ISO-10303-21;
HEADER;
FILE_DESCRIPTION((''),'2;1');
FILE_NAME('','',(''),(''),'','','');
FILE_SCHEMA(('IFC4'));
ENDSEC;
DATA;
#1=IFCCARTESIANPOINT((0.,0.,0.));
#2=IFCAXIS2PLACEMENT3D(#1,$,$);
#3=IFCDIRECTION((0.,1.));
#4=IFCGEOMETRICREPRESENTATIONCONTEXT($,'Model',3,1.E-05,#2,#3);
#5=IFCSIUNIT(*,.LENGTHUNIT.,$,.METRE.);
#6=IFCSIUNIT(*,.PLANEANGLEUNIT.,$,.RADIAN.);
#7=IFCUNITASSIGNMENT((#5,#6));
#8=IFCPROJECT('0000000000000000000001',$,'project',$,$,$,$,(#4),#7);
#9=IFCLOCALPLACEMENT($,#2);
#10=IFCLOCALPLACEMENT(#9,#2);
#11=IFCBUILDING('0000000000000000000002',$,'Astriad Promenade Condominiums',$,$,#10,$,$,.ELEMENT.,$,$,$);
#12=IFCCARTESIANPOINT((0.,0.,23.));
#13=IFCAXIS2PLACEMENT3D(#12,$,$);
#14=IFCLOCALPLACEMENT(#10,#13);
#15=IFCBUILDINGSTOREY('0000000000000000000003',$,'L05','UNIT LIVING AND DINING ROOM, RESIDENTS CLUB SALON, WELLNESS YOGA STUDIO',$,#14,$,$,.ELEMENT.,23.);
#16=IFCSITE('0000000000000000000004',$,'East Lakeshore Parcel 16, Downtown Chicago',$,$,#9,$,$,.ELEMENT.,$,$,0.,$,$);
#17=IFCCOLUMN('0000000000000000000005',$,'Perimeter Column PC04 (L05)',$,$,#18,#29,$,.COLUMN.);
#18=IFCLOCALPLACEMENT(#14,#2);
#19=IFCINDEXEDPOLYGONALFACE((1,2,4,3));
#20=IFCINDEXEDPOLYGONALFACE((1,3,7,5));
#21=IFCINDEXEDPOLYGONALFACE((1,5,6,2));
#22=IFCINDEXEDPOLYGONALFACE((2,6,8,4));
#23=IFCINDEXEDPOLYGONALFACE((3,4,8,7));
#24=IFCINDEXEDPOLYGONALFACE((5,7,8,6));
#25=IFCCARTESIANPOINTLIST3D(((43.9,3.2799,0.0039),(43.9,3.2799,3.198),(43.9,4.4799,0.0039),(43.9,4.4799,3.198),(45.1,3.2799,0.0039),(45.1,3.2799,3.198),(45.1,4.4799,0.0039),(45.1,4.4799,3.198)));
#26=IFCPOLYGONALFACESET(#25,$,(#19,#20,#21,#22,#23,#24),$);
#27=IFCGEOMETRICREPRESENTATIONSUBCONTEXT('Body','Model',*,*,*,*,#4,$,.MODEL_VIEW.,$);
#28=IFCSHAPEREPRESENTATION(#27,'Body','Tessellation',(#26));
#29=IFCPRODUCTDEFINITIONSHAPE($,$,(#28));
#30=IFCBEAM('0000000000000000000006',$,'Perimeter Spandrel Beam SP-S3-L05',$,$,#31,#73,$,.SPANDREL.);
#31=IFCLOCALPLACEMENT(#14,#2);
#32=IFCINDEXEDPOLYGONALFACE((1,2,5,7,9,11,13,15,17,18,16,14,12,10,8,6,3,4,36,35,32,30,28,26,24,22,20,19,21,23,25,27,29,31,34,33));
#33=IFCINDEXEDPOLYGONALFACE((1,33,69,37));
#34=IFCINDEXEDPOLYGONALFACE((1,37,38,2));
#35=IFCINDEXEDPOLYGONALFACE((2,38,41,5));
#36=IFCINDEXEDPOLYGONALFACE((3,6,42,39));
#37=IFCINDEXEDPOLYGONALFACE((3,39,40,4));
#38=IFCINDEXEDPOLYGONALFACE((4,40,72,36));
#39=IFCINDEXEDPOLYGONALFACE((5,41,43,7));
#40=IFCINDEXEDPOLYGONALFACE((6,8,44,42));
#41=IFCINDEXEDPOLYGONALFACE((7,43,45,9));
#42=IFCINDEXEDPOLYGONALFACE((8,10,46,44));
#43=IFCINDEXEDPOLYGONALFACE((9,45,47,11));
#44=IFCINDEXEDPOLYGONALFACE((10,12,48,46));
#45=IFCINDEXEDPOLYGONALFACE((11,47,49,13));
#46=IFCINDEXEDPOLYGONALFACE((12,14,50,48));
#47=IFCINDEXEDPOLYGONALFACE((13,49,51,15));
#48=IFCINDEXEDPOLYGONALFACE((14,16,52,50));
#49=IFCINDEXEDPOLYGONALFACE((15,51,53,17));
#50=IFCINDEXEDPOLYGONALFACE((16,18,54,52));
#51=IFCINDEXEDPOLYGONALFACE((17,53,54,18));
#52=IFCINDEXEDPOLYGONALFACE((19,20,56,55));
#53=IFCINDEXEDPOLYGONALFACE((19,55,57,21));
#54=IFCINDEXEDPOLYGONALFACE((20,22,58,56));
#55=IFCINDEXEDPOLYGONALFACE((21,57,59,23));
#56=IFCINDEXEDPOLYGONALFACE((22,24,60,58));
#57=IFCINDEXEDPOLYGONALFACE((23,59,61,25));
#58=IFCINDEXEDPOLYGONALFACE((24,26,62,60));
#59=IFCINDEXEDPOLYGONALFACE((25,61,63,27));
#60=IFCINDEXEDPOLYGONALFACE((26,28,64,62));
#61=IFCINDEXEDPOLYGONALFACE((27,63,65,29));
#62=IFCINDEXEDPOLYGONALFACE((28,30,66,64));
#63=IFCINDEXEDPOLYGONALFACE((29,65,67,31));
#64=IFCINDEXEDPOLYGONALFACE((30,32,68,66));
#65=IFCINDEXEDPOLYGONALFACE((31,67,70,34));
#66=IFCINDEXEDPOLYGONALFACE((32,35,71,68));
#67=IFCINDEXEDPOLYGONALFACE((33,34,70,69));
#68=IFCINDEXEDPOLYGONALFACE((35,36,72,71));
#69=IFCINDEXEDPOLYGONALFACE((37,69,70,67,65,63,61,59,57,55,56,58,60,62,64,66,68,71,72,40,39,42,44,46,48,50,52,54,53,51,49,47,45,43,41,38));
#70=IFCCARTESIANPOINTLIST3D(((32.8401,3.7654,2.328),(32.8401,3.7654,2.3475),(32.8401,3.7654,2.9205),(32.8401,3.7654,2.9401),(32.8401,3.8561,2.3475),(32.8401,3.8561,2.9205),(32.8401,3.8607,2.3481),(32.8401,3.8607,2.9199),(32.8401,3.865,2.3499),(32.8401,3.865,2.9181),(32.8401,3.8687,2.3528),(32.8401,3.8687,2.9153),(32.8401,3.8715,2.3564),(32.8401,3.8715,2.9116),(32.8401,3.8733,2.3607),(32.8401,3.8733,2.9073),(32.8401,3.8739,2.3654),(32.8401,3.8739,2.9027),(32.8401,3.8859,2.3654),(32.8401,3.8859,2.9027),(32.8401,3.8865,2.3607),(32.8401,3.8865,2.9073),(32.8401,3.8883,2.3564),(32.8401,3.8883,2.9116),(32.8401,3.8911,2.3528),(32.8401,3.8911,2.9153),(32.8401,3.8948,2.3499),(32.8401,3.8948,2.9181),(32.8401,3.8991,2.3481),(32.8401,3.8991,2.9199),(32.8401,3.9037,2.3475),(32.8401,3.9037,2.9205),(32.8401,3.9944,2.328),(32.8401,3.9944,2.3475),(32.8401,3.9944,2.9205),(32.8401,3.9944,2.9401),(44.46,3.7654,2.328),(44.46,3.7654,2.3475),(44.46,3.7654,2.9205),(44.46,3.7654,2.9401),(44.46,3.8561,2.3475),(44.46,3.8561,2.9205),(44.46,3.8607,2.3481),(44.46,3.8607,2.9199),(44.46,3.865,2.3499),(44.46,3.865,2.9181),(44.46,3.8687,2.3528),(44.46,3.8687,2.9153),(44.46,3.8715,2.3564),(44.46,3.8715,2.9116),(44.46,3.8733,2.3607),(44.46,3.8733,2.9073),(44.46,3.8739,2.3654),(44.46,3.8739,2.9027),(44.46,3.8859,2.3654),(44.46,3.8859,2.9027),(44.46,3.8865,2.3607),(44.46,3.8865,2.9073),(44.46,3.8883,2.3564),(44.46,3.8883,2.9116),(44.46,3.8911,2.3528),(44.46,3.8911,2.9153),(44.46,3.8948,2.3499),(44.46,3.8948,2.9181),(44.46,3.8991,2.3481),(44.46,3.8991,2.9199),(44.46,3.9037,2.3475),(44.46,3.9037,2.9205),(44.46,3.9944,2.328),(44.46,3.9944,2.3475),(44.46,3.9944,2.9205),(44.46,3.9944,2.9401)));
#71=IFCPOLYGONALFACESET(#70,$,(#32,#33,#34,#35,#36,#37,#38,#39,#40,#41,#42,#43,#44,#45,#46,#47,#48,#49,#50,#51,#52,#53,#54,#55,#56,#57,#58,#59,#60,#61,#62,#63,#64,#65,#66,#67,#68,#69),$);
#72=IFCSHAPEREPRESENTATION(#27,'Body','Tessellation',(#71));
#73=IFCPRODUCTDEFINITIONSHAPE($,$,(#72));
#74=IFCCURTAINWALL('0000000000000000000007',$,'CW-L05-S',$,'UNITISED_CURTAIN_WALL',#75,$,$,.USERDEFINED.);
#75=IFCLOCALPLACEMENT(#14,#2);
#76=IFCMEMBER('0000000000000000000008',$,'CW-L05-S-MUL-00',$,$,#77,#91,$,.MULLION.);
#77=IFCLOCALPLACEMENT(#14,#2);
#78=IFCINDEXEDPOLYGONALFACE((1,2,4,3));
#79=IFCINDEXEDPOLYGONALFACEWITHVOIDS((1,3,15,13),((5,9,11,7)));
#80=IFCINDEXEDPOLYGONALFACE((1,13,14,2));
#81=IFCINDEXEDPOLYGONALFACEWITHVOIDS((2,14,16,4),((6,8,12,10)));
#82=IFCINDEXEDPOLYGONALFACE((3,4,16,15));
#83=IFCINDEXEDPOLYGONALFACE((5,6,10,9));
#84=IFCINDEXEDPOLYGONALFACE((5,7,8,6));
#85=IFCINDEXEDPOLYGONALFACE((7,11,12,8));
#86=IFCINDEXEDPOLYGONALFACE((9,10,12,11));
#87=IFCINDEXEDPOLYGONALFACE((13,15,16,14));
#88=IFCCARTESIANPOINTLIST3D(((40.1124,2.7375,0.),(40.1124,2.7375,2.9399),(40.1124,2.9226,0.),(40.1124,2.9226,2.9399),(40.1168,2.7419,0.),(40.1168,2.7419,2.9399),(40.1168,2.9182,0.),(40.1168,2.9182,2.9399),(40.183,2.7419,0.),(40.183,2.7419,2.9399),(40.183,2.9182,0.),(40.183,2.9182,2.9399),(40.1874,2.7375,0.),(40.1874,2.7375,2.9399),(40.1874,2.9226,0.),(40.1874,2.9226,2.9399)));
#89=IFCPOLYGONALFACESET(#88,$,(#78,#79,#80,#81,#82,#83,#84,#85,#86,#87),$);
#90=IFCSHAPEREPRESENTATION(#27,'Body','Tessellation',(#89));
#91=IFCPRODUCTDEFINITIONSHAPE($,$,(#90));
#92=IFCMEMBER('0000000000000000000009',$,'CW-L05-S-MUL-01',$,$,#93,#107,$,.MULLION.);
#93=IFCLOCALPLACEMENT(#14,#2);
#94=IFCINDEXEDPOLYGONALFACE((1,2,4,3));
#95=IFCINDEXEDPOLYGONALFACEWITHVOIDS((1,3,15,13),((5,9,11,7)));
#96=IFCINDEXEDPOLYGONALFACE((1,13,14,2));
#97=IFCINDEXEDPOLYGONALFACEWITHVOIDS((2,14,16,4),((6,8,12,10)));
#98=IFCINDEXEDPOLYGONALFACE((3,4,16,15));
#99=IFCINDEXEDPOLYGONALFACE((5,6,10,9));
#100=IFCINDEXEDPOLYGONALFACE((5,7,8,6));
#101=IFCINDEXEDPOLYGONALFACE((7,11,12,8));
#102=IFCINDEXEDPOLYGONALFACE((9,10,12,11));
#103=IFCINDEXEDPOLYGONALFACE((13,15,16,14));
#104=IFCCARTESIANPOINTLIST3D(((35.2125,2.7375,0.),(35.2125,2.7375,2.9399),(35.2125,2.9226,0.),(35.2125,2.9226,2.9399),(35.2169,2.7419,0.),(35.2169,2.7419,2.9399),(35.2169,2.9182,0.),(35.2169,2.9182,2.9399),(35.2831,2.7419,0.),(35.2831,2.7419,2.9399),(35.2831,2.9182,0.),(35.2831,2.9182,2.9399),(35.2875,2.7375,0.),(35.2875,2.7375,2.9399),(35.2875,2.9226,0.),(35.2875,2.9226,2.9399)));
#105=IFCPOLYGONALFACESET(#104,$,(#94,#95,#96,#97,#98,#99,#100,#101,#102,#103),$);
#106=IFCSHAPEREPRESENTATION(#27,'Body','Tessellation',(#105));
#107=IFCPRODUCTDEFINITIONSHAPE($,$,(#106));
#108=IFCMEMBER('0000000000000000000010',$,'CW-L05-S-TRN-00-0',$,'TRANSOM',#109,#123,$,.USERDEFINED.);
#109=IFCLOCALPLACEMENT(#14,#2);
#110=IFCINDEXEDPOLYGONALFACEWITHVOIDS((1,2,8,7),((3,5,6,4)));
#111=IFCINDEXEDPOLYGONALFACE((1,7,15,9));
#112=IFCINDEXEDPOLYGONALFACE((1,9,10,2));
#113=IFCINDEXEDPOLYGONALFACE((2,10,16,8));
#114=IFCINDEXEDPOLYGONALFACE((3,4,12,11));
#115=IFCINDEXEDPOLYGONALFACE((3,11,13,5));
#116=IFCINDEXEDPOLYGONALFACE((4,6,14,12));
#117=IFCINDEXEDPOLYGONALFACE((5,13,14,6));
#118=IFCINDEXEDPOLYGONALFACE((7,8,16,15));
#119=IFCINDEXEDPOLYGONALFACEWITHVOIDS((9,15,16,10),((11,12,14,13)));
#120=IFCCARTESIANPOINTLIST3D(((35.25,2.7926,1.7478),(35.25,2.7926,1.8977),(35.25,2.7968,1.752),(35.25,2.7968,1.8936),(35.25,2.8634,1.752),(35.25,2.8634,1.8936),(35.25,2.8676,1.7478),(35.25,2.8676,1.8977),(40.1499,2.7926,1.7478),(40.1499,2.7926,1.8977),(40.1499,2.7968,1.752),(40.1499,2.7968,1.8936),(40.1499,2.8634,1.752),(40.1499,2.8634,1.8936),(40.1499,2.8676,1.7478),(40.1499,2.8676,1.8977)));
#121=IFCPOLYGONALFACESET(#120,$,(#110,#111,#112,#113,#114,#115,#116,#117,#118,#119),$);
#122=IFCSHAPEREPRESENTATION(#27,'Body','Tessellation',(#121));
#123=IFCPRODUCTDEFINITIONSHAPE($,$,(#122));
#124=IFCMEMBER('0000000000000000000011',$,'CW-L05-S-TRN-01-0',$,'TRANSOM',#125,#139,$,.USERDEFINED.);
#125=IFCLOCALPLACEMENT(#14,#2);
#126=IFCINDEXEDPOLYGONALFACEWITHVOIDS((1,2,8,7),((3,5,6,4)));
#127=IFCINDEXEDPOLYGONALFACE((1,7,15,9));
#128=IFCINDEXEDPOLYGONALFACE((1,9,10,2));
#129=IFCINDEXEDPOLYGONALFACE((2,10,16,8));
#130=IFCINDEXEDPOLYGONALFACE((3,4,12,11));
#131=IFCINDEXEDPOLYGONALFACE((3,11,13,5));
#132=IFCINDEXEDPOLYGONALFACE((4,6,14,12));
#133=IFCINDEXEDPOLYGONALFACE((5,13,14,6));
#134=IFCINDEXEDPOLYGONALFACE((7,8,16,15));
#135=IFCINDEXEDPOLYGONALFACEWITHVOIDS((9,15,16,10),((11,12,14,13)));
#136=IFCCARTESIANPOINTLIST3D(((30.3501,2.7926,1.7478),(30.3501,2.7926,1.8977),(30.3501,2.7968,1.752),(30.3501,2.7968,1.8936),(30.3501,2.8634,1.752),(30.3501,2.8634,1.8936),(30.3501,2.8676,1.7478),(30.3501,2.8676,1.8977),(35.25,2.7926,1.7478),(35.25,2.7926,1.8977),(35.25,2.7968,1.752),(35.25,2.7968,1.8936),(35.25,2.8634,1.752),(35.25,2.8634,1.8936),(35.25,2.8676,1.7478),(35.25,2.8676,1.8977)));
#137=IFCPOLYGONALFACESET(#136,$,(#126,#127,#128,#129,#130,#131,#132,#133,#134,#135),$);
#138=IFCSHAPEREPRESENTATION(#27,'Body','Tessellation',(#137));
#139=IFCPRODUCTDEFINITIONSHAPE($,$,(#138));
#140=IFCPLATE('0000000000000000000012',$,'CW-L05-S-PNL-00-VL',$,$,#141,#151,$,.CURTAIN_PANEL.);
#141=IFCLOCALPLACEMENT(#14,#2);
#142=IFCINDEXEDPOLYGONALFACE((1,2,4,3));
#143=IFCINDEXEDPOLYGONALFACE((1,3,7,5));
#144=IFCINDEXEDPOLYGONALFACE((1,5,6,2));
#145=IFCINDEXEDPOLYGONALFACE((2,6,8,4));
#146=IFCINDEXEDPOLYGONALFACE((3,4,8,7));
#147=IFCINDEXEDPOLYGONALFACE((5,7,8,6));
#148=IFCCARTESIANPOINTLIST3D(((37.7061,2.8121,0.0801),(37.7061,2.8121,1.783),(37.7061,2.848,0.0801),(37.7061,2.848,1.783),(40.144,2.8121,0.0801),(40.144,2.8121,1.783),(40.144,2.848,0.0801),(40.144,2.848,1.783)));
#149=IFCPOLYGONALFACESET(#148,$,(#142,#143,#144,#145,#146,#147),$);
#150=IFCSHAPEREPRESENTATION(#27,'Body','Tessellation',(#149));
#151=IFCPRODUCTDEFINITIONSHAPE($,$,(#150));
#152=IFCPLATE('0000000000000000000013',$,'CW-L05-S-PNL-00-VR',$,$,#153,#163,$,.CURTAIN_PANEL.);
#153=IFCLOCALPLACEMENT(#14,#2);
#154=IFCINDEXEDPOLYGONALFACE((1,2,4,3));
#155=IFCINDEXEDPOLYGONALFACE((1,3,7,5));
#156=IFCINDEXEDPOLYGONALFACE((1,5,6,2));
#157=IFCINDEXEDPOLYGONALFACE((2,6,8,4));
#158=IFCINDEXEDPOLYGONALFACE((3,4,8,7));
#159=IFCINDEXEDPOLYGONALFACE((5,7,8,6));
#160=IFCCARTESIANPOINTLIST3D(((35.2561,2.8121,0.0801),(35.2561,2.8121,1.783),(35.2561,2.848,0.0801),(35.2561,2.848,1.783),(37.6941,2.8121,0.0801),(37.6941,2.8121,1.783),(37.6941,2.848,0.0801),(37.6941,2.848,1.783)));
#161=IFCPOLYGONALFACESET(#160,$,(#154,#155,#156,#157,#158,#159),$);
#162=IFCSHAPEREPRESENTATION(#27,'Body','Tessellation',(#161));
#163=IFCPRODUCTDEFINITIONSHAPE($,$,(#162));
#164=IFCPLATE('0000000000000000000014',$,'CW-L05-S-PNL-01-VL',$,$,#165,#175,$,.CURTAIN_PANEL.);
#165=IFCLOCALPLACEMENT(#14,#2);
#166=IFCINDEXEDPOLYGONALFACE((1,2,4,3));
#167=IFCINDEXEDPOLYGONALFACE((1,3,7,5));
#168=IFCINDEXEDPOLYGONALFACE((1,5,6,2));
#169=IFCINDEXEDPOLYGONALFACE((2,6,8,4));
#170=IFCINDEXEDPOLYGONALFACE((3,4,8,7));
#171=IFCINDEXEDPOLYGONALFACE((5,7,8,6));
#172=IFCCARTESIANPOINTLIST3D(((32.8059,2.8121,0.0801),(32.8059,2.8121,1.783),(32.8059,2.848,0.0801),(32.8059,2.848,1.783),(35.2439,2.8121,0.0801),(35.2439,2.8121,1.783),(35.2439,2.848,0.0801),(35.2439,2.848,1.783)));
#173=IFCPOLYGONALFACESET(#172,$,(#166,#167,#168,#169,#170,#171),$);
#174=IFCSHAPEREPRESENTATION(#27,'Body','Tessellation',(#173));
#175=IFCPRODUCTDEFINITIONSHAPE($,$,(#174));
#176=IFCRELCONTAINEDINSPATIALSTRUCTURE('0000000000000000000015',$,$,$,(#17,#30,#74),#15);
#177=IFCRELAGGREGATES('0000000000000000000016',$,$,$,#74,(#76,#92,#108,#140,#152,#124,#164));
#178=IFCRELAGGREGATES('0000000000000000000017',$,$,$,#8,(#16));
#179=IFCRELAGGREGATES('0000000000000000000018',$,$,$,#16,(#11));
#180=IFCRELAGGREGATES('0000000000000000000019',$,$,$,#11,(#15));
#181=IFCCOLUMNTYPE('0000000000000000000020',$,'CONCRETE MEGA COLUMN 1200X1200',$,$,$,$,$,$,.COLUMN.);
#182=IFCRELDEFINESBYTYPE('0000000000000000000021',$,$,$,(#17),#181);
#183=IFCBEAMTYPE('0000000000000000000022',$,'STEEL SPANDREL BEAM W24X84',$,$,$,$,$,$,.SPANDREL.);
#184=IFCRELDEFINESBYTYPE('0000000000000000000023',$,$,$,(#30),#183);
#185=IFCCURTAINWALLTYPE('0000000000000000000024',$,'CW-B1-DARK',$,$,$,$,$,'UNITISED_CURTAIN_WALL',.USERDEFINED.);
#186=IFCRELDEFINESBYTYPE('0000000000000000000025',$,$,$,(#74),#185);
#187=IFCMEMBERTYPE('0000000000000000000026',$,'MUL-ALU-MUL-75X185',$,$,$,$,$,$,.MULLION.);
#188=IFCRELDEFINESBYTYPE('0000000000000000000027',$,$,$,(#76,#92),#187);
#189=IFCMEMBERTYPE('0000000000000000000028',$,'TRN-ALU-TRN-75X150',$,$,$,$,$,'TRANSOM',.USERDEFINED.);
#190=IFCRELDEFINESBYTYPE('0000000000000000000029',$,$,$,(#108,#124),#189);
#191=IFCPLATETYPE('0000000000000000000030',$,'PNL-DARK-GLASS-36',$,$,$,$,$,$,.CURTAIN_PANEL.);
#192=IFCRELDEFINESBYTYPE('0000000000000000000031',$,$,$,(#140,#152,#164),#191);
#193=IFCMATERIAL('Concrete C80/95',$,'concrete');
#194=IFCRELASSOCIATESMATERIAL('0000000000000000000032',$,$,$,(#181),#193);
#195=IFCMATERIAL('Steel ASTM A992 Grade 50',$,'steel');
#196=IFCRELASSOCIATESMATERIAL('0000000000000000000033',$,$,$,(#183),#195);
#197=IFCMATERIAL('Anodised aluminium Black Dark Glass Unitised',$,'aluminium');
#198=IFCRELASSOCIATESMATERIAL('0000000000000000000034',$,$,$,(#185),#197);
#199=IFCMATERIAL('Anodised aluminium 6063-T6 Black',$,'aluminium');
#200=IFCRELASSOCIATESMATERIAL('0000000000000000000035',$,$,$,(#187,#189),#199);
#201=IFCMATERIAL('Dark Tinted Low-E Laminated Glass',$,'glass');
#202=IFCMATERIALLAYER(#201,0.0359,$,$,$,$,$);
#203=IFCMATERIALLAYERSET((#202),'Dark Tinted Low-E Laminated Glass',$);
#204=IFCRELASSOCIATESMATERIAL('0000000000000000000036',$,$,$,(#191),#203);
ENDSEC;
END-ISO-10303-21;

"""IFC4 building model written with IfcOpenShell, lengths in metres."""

from ifc_helpers import new_model, si_unit, direction, frame, origin, origin_2d, place, context, subcontext, project, spatial, rectangle, hollow_rectangle, i_section, extrude, source, transform, mapped, material, layer, layer_set, material_profile, profile_set, type_object, type_shapes, element, aggregate, save


model = new_model("IFC4")

# Units and contexts
model_context = context("Model", 3, precision=1e-05, world=origin(), true_north=direction((0.0, 1.0)))
body_context = subcontext(model_context, "Body", "Model", "MODEL_VIEW")
ifc_project = project(units=[si_unit("LENGTHUNIT", "METRE"), si_unit("PLANEANGLEUNIT", "RADIAN")], contexts=[model_context])

# Site, building, storey
site_placement = place(None, origin())
site = spatial("IfcSite", under=ifc_project, at=site_placement, Name="East Lakeshore Parcel 16, Downtown Chicago", CompositionType="ELEMENT", RefElevation=0.0)
building_placement = place(site_placement, origin())
building = spatial("IfcBuilding", under=site, at=building_placement, Name="Astriad Promenade Condominiums", CompositionType="ELEMENT")
storey_placement = place(building_placement, frame((0.0, 0.0, 23.0)))
storey = spatial("IfcBuildingStorey", under=building, at=storey_placement, Name="L05", Description="UNIT LIVING AND DINING ROOM, RESIDENTS CLUB SALON, WELLNESS YOGA STUDIO", CompositionType="ELEMENT", Elevation=23.0)

# Column
ifc_material_1 = material(Name="Concrete C80/95", Category="concrete")
ifc_material_profile_1 = material_profile(ifc_material_1, rectangle(XDim=1.2, YDim=1.2, at=origin_2d()), Name="RC-COL-1200X1200")
ifc_profile_set_1 = profile_set([ifc_material_profile_1], Name="Concrete C80/95")
column_type = type_object("IfcColumnType", Name="CONCRETE MEGA COLUMN 1200X1200", PredefinedType="COLUMN", material=ifc_profile_set_1)
shared_shape_1 = source(origin(), body_context, "Body", "SweptSolid", [
    extrude(rectangle(XDim=1.2, YDim=1.2, at=origin_2d()), origin(), (0.0, 0.0, 1.0), 3.1941),
])
type_shapes(column_type, [shared_shape_1])
column_placement = place(storey_placement, frame((44.5, 3.8799, 0.0039), z_axis=(0.0, 0.0, 1.0), x_axis=(1.0, 0.0, 0.0)))
element("IfcColumn", 1, at=column_placement, inside=storey, type_object=column_type, Name="Perimeter Column PC04 (L05)", PredefinedType="COLUMN", context=body_context, shape_type="MappedRepresentation", body=[
    mapped(shared_shape_1, transform((0.0, 0.0, 0.0), scale=1.0)),
])

# Beam
ifc_material_2 = material(Name="Steel ASTM A992 Grade 50", Category="steel")
ifc_material_profile_2 = material_profile(ifc_material_2, i_section(OverallWidth=0.229, OverallDepth=0.6121, WebThickness=0.012, FlangeThickness=0.0195, FilletRadius=0.0178, at=origin_2d()), Name="W24X84")
ifc_profile_set_2 = profile_set([ifc_material_profile_2], Name="Steel ASTM A992 Grade 50")
beam_type = type_object("IfcBeamType", Name="STEEL SPANDREL BEAM W24X84", PredefinedType="SPANDREL", material=ifc_profile_set_2)
shared_shape_2 = source(origin(), body_context, "Body", "SweptSolid", [
    extrude(i_section(OverallWidth=0.229, OverallDepth=0.6121, WebThickness=0.012, FlangeThickness=0.0195, FilletRadius=0.0178, at=origin_2d()), origin(), (0.0, 0.0, 1.0), 11.6199),
])
type_shapes(beam_type, [shared_shape_2])
beam_placement = place(storey_placement, frame((32.8401, 3.8799, 2.634), z_axis=(1.0, 0.0, 0.0), x_axis=(0.0, 1.0, 0.0)))
element("IfcBeam", 2, at=beam_placement, inside=storey, type_object=beam_type, Name="Perimeter Spandrel Beam SP-S3-L05", PredefinedType="SPANDREL", context=body_context, shape_type="MappedRepresentation", body=[
    mapped(shared_shape_2, transform((0.0, 0.0, 0.0), scale=1.0)),
])

# Curtain wall, members, plates
ifc_material_3 = material(Name="Anodised aluminium Black Dark Glass Unitised", Category="aluminium")
curtain_wall_type = type_object("IfcCurtainWallType", Name="CW-B1-DARK", ElementType="UNITISED_CURTAIN_WALL", PredefinedType="USERDEFINED", material=ifc_material_3)
curtain_wall_placement = place(storey_placement, origin())
curtain_wall = element("IfcCurtainWall", 3, at=curtain_wall_placement, inside=storey, type_object=curtain_wall_type, Name="CW-L05-S", ObjectType="UNITISED_CURTAIN_WALL", PredefinedType="USERDEFINED")
ifc_material_4 = material(Name="Anodised aluminium 6063-T6 Black", Category="aluminium")
ifc_material_profile_3 = material_profile(ifc_material_4, hollow_rectangle(XDim=0.075, YDim=0.1851, WallThickness=0.0044, at=origin_2d()), Name="ALU-MUL-75X185")
ifc_profile_set_3 = profile_set([ifc_material_profile_3], Name="Anodised aluminium 6063-T6 Black")
member_type_1 = type_object("IfcMemberType", Name="MUL-ALU-MUL-75X185", PredefinedType="MULLION", material=ifc_profile_set_3)
shared_shape_3 = source(origin(), body_context, "Body", "SweptSolid", [
    extrude(hollow_rectangle(XDim=0.075, YDim=0.1851, WallThickness=0.0044, at=origin_2d()), origin(), (0.0, 0.0, 1.0), 2.9399),
])
type_shapes(member_type_1, [shared_shape_3])
member_1_placement = place(storey_placement, frame((40.1499, 2.8301, 0.0), z_axis=(0.0, 0.0, 1.0), x_axis=(1.0, 0.0, 0.0)))
member_1 = element("IfcMember", 4, at=member_1_placement, type_object=member_type_1, Name="CW-L05-S-MUL-00", PredefinedType="MULLION", context=body_context, shape_type="MappedRepresentation", body=[
    mapped(shared_shape_3, transform((0.0, 0.0, 0.0), scale=1.0)),
])
member_2_placement = place(storey_placement, frame((35.25, 2.8301, 0.0), z_axis=(0.0, 0.0, 1.0), x_axis=(1.0, 0.0, 0.0)))
member_2 = element("IfcMember", 5, at=member_2_placement, type_object=member_type_1, Name="CW-L05-S-MUL-01", PredefinedType="MULLION", context=body_context, shape_type="MappedRepresentation", body=[
    mapped(shared_shape_3, transform((0.0, 0.0, 0.0), scale=1.0)),
])
ifc_material_profile_4 = material_profile(ifc_material_4, hollow_rectangle(XDim=0.075, YDim=0.1499, WallThickness=0.0042, at=origin_2d()), Name="ALU-TRN-75X150")
ifc_profile_set_4 = profile_set([ifc_material_profile_4], Name="Anodised aluminium 6063-T6 Black")
member_type_2 = type_object("IfcMemberType", Name="TRN-ALU-TRN-75X150", ElementType="TRANSOM", PredefinedType="USERDEFINED", material=ifc_profile_set_4)
shared_shape_4 = source(origin(), body_context, "Body", "SweptSolid", [
    extrude(hollow_rectangle(XDim=0.075, YDim=0.1499, WallThickness=0.0042, at=origin_2d()), origin(), (0.0, 0.0, 1.0), 4.8999),
])
type_shapes(member_type_2, [shared_shape_4])
member_3_placement = place(storey_placement, frame((40.1499, 2.8301, 1.8228), z_axis=(-1.0, 0.0, 0.0), x_axis=(0.0, -1.0, 0.0)))
member_3 = element("IfcMember", 6, at=member_3_placement, type_object=member_type_2, Name="CW-L05-S-TRN-00-0", ObjectType="TRANSOM", PredefinedType="USERDEFINED", context=body_context, shape_type="MappedRepresentation", body=[
    mapped(shared_shape_4, transform((0.0, 0.0, 0.0), scale=1.0)),
])
member_4_placement = place(storey_placement, frame((35.25, 2.8301, 1.8228), z_axis=(-1.0, 0.0, 0.0), x_axis=(0.0, -1.0, 0.0)))
member_4 = element("IfcMember", 7, at=member_4_placement, type_object=member_type_2, Name="CW-L05-S-TRN-01-0", ObjectType="TRANSOM", PredefinedType="USERDEFINED", context=body_context, shape_type="MappedRepresentation", body=[
    mapped(shared_shape_4, transform((0.0, 0.0, 0.0), scale=1.0)),
])
ifc_material_5 = material(Name="Dark Tinted Low-E Laminated Glass", Category="glass")
ifc_layer_1 = layer(ifc_material_5, 0.0359)
ifc_layer_set_1 = layer_set([ifc_layer_1], Name="Dark Tinted Low-E Laminated Glass")
plate_type = type_object("IfcPlateType", Name="PNL-DARK-GLASS-36", PredefinedType="CURTAIN_PANEL", material=ifc_layer_set_1)
shared_shape_5 = source(origin(), body_context, "Body", "SweptSolid", [
    extrude(rectangle(XDim=2.438, YDim=0.0359, at=origin_2d()), origin(), (0.0, 0.0, 1.0), 1.7029),
])
plate_1_placement = place(storey_placement, frame((38.925, 2.8301, 0.0801), z_axis=(0.0, 0.0, 1.0), x_axis=(-1.0, 0.0, 0.0)))
plate_1 = element("IfcPlate", 8, at=plate_1_placement, type_object=plate_type, Name="CW-L05-S-PNL-00-VL", PredefinedType="CURTAIN_PANEL", context=body_context, shape_type="MappedRepresentation", body=[
    mapped(shared_shape_5, transform((0.0, 0.0, 0.0), scale=1.0)),
])
plate_2_placement = place(storey_placement, frame((36.4751, 2.8301, 0.0801), z_axis=(0.0, 0.0, 1.0), x_axis=(-1.0, 0.0, 0.0)))
plate_2 = element("IfcPlate", 9, at=plate_2_placement, type_object=plate_type, Name="CW-L05-S-PNL-00-VR", PredefinedType="CURTAIN_PANEL", context=body_context, shape_type="MappedRepresentation", body=[
    mapped(shared_shape_5, transform((0.0, 0.0, 0.0), scale=1.0)),
])
plate_3_placement = place(storey_placement, frame((34.0249, 2.8301, 0.0801), z_axis=(0.0, 0.0, 1.0), x_axis=(-1.0, 0.0, 0.0)))
plate_3 = element("IfcPlate", 10, at=plate_3_placement, type_object=plate_type, Name="CW-L05-S-PNL-01-VL", PredefinedType="CURTAIN_PANEL", context=body_context, shape_type="MappedRepresentation", body=[
    mapped(shared_shape_5, transform((0.0, 0.0, 0.0), scale=1.0)),
])
aggregate(curtain_wall, [member_1, member_2, member_3, plate_1, plate_2, member_4, plate_3])

save(model, "model.ifc")
